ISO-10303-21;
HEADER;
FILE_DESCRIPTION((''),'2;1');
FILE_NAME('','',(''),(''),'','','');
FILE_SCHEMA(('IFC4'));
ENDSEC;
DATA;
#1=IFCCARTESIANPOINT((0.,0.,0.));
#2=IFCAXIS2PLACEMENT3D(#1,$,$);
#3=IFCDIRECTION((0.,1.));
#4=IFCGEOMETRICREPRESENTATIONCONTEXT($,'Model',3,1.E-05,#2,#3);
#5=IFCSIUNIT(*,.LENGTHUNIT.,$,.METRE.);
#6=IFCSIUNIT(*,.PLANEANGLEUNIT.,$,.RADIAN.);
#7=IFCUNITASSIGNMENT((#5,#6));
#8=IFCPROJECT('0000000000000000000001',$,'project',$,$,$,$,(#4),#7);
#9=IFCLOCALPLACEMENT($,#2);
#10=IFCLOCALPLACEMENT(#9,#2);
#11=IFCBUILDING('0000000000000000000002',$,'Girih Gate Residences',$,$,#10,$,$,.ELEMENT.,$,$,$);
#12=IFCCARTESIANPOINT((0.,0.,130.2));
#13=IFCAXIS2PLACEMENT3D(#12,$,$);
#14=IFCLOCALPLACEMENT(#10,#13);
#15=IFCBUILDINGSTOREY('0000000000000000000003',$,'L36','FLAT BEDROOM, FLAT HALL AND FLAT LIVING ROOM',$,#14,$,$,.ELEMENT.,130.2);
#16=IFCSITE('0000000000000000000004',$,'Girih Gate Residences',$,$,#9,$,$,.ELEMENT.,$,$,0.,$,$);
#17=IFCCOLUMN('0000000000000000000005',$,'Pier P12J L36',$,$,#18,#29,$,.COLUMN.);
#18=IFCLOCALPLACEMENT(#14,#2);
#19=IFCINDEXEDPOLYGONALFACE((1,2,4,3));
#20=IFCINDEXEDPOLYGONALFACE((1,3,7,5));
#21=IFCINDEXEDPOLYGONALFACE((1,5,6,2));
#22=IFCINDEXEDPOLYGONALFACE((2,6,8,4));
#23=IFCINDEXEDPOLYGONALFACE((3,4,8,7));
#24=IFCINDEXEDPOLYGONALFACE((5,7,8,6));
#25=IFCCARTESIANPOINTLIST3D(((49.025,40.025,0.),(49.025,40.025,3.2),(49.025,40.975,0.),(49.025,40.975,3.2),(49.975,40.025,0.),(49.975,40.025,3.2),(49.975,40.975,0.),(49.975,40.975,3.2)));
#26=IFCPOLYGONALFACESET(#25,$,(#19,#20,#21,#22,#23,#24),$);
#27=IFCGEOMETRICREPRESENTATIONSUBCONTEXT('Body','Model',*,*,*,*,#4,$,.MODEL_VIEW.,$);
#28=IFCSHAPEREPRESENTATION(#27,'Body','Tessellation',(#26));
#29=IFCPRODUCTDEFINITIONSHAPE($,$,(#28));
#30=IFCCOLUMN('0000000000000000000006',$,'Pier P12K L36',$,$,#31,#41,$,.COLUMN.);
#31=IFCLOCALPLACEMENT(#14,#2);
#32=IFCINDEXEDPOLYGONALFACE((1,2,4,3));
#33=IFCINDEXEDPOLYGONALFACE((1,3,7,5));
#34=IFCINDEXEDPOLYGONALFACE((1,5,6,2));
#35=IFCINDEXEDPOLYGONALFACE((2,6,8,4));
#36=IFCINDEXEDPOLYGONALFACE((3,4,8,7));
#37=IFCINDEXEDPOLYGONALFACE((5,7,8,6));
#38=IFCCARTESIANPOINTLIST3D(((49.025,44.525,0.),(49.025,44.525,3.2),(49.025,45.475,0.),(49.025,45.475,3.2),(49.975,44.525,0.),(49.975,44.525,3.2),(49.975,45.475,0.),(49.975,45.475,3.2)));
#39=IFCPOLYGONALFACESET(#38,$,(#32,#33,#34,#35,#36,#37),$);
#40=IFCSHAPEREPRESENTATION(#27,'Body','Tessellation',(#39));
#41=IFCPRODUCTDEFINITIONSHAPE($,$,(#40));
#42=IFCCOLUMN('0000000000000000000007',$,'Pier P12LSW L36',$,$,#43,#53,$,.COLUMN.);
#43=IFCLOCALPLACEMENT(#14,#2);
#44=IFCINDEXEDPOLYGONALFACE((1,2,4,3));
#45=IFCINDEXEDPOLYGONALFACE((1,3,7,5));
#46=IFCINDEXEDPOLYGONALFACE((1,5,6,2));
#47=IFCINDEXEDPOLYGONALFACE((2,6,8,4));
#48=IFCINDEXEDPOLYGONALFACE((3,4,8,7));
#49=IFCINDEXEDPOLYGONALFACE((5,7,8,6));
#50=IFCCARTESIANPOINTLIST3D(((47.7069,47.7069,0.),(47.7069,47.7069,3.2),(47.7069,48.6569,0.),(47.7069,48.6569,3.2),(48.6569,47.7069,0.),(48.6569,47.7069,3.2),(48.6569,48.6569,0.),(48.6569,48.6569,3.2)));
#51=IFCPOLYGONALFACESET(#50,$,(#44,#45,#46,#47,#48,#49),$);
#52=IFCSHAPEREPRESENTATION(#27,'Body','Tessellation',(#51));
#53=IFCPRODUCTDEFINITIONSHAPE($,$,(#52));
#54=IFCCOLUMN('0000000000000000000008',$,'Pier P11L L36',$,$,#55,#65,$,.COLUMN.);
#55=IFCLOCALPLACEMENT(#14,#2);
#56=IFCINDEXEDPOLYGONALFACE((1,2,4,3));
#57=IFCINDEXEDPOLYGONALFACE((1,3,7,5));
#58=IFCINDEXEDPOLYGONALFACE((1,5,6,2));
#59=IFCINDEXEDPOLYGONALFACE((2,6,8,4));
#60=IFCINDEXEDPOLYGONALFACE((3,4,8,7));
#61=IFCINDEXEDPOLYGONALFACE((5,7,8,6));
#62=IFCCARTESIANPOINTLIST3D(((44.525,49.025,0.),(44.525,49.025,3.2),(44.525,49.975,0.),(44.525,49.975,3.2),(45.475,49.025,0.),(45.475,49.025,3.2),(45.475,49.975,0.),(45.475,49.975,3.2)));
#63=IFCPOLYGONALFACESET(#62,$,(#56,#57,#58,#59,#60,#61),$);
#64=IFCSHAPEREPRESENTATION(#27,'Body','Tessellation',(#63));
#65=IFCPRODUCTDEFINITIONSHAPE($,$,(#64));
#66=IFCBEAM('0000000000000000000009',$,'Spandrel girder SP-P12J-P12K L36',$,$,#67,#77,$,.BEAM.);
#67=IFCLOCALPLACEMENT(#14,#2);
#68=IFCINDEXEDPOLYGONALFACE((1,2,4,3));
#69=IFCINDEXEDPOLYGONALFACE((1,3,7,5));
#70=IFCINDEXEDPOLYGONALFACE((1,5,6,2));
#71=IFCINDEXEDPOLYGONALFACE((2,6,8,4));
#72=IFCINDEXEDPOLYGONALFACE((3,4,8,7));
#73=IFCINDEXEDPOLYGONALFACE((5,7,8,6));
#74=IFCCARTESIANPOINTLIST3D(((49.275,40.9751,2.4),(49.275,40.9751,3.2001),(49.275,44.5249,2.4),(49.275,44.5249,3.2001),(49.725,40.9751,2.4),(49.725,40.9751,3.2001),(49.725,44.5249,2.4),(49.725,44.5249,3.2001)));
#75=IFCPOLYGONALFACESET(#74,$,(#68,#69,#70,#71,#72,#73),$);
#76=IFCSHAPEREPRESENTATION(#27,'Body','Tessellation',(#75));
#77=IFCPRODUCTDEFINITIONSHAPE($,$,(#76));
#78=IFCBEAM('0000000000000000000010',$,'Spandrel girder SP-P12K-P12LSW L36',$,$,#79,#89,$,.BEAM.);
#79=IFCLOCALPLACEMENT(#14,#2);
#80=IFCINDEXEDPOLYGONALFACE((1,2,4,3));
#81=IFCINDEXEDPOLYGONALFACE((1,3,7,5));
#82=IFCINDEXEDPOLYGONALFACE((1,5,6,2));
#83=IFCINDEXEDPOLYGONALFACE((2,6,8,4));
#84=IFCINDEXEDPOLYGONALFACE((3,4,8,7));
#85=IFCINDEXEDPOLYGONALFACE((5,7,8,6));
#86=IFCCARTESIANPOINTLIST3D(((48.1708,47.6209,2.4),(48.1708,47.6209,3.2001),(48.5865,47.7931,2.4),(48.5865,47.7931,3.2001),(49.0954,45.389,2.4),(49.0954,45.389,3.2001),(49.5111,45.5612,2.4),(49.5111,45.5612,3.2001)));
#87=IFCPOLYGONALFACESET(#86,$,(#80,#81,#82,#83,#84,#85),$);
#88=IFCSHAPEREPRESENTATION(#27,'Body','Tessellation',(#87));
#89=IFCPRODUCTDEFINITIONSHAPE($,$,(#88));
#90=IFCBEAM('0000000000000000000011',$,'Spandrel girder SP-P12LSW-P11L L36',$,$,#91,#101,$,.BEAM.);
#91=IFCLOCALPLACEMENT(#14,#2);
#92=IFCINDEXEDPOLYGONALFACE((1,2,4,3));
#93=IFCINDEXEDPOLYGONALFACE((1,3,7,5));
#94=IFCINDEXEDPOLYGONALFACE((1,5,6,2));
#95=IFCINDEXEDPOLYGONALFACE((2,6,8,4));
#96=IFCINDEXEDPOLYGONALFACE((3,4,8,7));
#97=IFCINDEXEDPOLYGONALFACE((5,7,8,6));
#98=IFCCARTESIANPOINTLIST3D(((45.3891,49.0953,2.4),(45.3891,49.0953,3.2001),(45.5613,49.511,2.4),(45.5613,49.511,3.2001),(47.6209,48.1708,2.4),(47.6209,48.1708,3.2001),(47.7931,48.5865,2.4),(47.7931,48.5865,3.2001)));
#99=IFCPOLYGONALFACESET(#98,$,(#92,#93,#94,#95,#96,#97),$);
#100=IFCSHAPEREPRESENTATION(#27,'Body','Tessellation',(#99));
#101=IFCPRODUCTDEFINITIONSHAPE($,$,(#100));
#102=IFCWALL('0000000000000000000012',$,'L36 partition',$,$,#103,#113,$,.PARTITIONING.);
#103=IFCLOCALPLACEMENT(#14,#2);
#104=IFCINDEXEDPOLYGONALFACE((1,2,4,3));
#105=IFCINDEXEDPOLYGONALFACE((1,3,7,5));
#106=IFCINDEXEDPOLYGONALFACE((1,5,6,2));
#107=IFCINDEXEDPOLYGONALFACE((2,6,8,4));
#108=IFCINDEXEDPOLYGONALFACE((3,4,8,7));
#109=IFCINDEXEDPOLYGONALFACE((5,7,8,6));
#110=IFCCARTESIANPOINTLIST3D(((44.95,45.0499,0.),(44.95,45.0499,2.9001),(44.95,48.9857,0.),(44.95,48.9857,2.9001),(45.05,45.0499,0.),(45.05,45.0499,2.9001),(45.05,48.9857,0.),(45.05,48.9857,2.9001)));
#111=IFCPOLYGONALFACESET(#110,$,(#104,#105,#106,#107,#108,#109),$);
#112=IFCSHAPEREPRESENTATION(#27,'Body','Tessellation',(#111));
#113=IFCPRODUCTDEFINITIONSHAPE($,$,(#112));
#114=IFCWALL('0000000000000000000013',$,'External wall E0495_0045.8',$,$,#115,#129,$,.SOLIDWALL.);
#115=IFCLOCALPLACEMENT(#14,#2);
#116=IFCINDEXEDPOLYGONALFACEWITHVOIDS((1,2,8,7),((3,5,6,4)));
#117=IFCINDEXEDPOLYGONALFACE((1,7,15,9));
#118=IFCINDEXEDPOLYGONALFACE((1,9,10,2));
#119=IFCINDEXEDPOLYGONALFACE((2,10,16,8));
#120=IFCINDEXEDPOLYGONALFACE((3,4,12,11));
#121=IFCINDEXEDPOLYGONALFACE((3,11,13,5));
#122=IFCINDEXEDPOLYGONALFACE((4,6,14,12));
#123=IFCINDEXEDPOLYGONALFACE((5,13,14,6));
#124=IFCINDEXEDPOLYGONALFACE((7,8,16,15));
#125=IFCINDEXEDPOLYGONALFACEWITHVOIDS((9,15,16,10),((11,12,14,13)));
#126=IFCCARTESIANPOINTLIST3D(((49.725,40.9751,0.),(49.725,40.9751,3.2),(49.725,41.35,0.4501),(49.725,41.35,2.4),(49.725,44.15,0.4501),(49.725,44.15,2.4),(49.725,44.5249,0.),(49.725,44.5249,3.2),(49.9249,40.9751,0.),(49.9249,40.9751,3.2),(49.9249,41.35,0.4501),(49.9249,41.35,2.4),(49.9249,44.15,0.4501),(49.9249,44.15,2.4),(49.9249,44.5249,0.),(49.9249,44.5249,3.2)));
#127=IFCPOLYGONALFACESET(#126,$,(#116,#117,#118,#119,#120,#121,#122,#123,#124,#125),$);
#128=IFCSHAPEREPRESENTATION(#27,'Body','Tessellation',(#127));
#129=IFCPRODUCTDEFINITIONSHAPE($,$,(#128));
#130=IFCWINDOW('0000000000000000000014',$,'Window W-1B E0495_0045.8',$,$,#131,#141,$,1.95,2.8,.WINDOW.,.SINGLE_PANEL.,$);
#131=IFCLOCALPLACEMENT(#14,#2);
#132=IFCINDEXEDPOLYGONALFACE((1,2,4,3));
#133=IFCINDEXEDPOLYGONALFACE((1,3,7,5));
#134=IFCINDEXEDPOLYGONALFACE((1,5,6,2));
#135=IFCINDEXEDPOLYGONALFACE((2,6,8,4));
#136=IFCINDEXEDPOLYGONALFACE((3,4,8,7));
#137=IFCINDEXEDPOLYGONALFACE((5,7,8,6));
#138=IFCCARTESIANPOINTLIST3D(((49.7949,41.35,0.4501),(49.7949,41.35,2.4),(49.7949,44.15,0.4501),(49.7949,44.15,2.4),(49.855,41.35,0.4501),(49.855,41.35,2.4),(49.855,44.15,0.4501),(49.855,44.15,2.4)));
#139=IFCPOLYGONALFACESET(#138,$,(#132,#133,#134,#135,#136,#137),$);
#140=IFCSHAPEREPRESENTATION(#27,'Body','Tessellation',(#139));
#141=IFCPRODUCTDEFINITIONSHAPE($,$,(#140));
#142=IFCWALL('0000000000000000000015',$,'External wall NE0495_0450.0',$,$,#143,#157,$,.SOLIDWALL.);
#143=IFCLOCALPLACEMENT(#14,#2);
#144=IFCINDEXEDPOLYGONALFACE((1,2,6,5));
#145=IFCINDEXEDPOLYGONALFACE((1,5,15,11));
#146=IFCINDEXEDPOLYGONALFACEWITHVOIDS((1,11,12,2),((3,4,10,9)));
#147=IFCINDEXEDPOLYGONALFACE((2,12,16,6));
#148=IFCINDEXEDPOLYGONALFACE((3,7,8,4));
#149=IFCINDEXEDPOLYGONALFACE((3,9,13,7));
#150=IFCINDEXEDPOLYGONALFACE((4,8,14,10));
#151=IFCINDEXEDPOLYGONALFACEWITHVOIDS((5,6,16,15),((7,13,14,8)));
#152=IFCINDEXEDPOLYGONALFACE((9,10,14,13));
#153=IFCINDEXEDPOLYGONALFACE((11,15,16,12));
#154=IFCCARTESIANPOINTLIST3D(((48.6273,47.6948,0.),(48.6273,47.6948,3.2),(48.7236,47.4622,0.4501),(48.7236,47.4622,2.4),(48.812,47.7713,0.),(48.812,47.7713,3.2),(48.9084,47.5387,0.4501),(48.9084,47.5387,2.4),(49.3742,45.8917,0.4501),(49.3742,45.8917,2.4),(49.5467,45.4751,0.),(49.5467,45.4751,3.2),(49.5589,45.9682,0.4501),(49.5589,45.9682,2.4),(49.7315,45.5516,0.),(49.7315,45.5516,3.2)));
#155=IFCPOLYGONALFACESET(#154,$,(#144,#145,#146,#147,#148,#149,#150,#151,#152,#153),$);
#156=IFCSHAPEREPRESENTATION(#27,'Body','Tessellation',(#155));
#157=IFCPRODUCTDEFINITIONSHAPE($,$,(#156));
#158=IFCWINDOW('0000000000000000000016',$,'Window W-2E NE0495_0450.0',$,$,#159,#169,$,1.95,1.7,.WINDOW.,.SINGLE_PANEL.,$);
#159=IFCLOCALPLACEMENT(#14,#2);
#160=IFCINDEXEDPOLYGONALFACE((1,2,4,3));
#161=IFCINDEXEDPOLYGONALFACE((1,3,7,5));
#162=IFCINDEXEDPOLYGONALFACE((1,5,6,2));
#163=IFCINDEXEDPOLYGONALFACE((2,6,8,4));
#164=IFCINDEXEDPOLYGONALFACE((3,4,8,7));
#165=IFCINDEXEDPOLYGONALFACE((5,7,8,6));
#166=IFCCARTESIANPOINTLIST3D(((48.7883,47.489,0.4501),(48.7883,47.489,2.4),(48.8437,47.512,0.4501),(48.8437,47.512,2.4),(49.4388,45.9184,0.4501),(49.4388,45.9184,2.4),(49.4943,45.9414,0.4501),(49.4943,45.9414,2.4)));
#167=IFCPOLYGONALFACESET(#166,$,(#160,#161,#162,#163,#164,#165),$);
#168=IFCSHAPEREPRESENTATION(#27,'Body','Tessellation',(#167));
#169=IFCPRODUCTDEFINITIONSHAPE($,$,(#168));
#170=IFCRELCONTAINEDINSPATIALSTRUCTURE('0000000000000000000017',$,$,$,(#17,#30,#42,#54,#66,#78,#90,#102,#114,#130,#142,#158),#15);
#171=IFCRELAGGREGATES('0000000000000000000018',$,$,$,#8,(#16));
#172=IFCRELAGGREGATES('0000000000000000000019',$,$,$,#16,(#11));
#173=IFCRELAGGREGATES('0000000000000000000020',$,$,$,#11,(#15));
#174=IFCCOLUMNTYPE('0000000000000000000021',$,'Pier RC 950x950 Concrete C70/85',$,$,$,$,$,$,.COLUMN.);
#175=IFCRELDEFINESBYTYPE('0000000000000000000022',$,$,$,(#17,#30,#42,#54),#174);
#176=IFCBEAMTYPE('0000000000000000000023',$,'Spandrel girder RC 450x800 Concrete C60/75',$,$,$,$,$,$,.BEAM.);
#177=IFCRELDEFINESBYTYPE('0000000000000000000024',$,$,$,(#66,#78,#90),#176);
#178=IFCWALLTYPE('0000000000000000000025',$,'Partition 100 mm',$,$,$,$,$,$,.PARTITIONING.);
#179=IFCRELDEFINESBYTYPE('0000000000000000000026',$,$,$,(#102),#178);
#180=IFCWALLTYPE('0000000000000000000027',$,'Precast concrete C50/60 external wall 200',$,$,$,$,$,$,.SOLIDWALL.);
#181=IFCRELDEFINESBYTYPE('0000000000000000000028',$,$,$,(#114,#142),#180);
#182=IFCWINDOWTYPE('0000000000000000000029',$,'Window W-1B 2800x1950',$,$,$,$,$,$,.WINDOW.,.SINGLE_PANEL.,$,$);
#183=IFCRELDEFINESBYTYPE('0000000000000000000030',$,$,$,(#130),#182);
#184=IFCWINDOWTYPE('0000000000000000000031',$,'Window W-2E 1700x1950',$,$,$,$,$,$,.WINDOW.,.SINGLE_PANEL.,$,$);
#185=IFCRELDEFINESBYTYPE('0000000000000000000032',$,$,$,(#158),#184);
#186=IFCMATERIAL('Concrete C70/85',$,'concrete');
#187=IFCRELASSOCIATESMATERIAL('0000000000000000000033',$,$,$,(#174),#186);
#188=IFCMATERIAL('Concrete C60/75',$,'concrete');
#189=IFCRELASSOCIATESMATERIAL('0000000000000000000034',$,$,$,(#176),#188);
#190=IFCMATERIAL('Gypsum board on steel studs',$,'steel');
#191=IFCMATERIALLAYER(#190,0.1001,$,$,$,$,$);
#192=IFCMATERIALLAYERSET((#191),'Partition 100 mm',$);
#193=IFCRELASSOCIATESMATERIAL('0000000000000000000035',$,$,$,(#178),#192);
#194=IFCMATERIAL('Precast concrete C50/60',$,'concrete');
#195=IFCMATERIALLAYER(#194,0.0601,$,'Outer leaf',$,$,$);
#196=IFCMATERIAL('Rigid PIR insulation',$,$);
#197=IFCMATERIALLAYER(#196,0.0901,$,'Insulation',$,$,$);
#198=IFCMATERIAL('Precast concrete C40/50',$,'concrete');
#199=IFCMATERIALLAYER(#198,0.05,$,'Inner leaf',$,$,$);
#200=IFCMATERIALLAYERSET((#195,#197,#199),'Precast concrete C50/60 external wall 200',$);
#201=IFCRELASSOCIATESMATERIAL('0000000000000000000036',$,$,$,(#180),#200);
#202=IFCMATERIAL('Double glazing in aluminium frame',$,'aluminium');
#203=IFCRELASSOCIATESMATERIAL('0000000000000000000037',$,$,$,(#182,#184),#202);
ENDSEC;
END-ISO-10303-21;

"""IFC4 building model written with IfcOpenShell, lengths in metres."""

from ifc_helpers import new_model, si_unit, direction, frame, frame_2d, origin, origin_2d, place, context, subcontext, project, spatial, rectangle, extrude, material, layer, layer_set, material_profile, profile_set, type_object, element, fill, save


model = new_model("IFC4")

# Units and contexts
model_context = context("Model", 3, precision=1e-05, world=origin(), true_north=direction((0.0, 1.0)))
body_context = subcontext(model_context, "Body", "Model", "MODEL_VIEW")
ifc_project = project(units=[si_unit("LENGTHUNIT", "METRE"), si_unit("PLANEANGLEUNIT", "RADIAN")], contexts=[model_context])

# Site, building, storey
site_placement = place(None, origin())
site = spatial("IfcSite", under=ifc_project, at=site_placement, Name="Girih Gate Residences", CompositionType="ELEMENT", RefElevation=0.0)
building_placement = place(site_placement, origin())
building = spatial("IfcBuilding", under=site, at=building_placement, Name="Girih Gate Residences", CompositionType="ELEMENT")
storey_placement = place(building_placement, frame((0.0, 0.0, 130.2)))
storey = spatial("IfcBuildingStorey", under=building, at=storey_placement, Name="L36", Description="FLAT BEDROOM, FLAT HALL AND FLAT LIVING ROOM", CompositionType="ELEMENT", Elevation=130.2)

# Columns
ifc_material_1 = material(Name="Concrete C70/85", Category="concrete")
ifc_material_profile_1 = material_profile(ifc_material_1, rectangle(XDim=0.95, YDim=0.95, at=origin_2d()))
ifc_profile_set_1 = profile_set([ifc_material_profile_1], Name="Concrete C70/85")
column_type = type_object("IfcColumnType", Name="Pier RC 950x950 Concrete C70/85", PredefinedType="COLUMN", material=ifc_profile_set_1)
for number, where, z_axis, x_axis, name in (
    (1, (49.5, 40.5, 0.0), (0.0, 0.0, 1.0), (1.0, 0.0, 0.0), "Pier P12J L36"),
    (2, (49.5, 45.0, 0.0), (0.0, 0.0, 1.0), (1.0, 0.0, 0.0), "Pier P12K L36"),
    (3, (48.1819, 48.1819, 0.0), (0.0, 0.0, 1.0), (1.0, 0.0, 0.0), "Pier P12LSW L36"),
    (4, (45.0, 49.5, 0.0), (0.0, 0.0, 1.0), (1.0, 0.0, 0.0), "Pier P11L L36"),
):
    element("IfcColumn", number, at=place(storey_placement, frame(where, z_axis=z_axis, x_axis=x_axis)), inside=storey, type_object=column_type, Name=name, PredefinedType="COLUMN", context=body_context, shape_type="SweptSolid", body=[
        extrude(rectangle(XDim=0.95, YDim=0.95, at=origin_2d()), origin(), (0.0, 0.0, 1.0), 3.2),
    ])

# Beams
ifc_material_2 = material(Name="Concrete C60/75", Category="concrete")
ifc_material_profile_2 = material_profile(ifc_material_2, rectangle(XDim=0.45, YDim=0.8, at=origin_2d()))
ifc_profile_set_2 = profile_set([ifc_material_profile_2], Name="Concrete C60/75")
beam_type = type_object("IfcBeamType", Name="Spandrel girder RC 450x800 Concrete C60/75", PredefinedType="BEAM", material=ifc_profile_set_2)
beam_placement = place(storey_placement, frame((49.5, 40.9751, 2.8), z_axis=(0.0, 1.0, 0.0), x_axis=(-1.0, 0.0, 0.0)))
element("IfcBeam", 5, at=beam_placement, inside=storey, type_object=beam_type, Name="Spandrel girder SP-P12J-P12K L36", PredefinedType="BEAM", context=body_context, shape_type="SweptSolid", body=[
    extrude(rectangle(XDim=0.45, YDim=0.8, at=origin_2d()), origin(), (0.0, 0.0, 1.0), 3.5498),
])
for number, where, z_axis, x_axis, name in (
    (6, (49.3032, 45.4751, 2.8), (-0.382706, 0.92387, 0.0), (-0.92387, -0.382706, 0.0), "Spandrel girder SP-P12K-P12LSW L36"),
    (7, (47.707, 48.3787, 2.8), (-0.92387, 0.382706, 0.0), (-0.382706, -0.92387, 0.0), "Spandrel girder SP-P12LSW-P11L L36"),
):
    element("IfcBeam", number, at=place(storey_placement, frame(where, z_axis=z_axis, x_axis=x_axis)), inside=storey, type_object=beam_type, Name=name, PredefinedType="BEAM", context=body_context, shape_type="SweptSolid", body=[
        extrude(rectangle(XDim=0.45, YDim=0.8, at=origin_2d()), origin(), (0.0, 0.0, 1.0), 2.4158),
    ])

# Wall
ifc_material_3 = material(Name="Gypsum board on steel studs", Category="steel")
ifc_layer_1 = layer(ifc_material_3, 0.1001)
ifc_layer_set_1 = layer_set([ifc_layer_1], Name="Partition 100 mm")
wall_type_1 = type_object("IfcWallType", Name="Partition 100 mm", PredefinedType="PARTITIONING", material=ifc_layer_set_1)
wall_1_placement = place(storey_placement, frame((45.0, 45.05, 0.0), z_axis=(0.0, 0.0, 1.0), x_axis=(0.0, 1.0, 0.0)))
element("IfcWall", 8, at=wall_1_placement, inside=storey, type_object=wall_type_1, Name="L36 partition", PredefinedType="PARTITIONING", context=body_context, shape_type="SweptSolid", body=[
    extrude(rectangle(XDim=3.9358, YDim=0.1001, at=frame_2d((1.9678, 0.0))), origin(), (0.0, 0.0, 1.0), 2.9001),
])

# Walls, openings, windows
ifc_material_4 = material(Name="Precast concrete C50/60", Category="concrete")
ifc_layer_2 = layer(ifc_material_4, 0.0601, Name="Outer leaf")
ifc_material_5 = material(Name="Rigid PIR insulation")
ifc_layer_3 = layer(ifc_material_5, 0.0901, Name="Insulation")
ifc_material_6 = material(Name="Precast concrete C40/50", Category="concrete")
ifc_layer_4 = layer(ifc_material_6, 0.05, Name="Inner leaf")
ifc_layer_set_2 = layer_set([ifc_layer_2, ifc_layer_3, ifc_layer_4], Name="Precast concrete C50/60 external wall 200")
wall_type_2 = type_object("IfcWallType", Name="Precast concrete C50/60 external wall 200", PredefinedType="SOLIDWALL", material=ifc_layer_set_2)
wall_2_placement = place(storey_placement, frame((49.825, 44.5249, 0.0), z_axis=(0.0, 0.0, 1.0), x_axis=(0.0, -1.0, 0.0)))
wall_2 = element("IfcWall", 9, at=wall_2_placement, inside=storey, type_object=wall_type_2, Name="External wall E0495_0045.8", PredefinedType="SOLIDWALL", context=body_context, shape_type="SweptSolid", body=[
    extrude(rectangle(XDim=3.5498, YDim=0.2, at=frame_2d((1.7749, 0.0))), origin(), (0.0, 0.0, 1.0), 3.2),
])
opening_1_placement = place(wall_2_placement, frame((0.375, 0.0, 0.45)))
opening_1 = element("IfcOpeningElement", 10, at=opening_1_placement, cuts=wall_2, PredefinedType="OPENING", context=body_context, shape_type="SweptSolid", body=[
    extrude(rectangle(XDim=2.8, YDim=1.95, at=frame_2d((1.3999, 0.9751))), frame((0.0, 0.1099, 0.0), z_axis=(0.0, -1.0, 0.0), x_axis=(1.0, 0.0, 0.0)), (0.0, 0.0, 1.0), 0.22),
])
ifc_material_7 = material(Name="Double glazing in aluminium frame", Category="aluminium")
window_type_1 = type_object("IfcWindowType", Name="Window W-1B 2800x1950", PartitioningType="SINGLE_PANEL", PredefinedType="WINDOW", material=ifc_material_7)
window_1_placement = place(opening_1_placement, origin())
window_1 = element("IfcWindow", 11, at=window_1_placement, inside=storey, type_object=window_type_1, Name="Window W-1B E0495_0045.8", OverallHeight=1.95, OverallWidth=2.8, PartitioningType="SINGLE_PANEL", PredefinedType="WINDOW", context=body_context, shape_type="SweptSolid", body=[
    extrude(rectangle(XDim=2.8, YDim=1.95, at=frame_2d((1.3999, 0.9751))), frame((0.0, 0.03, 0.0), z_axis=(0.0, -1.0, 0.0), x_axis=(1.0, 0.0, 0.0)), (0.0, 0.0, 1.0), 0.0601),
])
fill(opening_1, window_1)
wall_3_placement = place(storey_placement, frame((48.7197, 47.7329, 0.0), z_axis=(0.0, 0.0, 1.0), x_axis=(0.382681, -0.923881, 0.0)))
wall_3 = element("IfcWall", 12, at=wall_3_placement, inside=storey, type_object=wall_type_2, Name="External wall NE0495_0450.0", PredefinedType="SOLIDWALL", context=body_context, shape_type="SweptSolid", body=[
    extrude(rectangle(XDim=2.4026, YDim=0.2, at=frame_2d((1.2012, 0.0))), origin(), (0.0, 0.0, 1.0), 3.2),
])
opening_2_placement = place(wall_3_placement, frame((0.2515, 0.0, 0.45)))
opening_2 = element("IfcOpeningElement", 13, at=opening_2_placement, cuts=wall_3, PredefinedType="OPENING", context=body_context, shape_type="SweptSolid", body=[
    extrude(rectangle(XDim=1.7, YDim=1.95, at=frame_2d((0.8501, 0.9751))), frame((0.0, 0.1099, 0.0), z_axis=(0.0, -1.0, 0.0), x_axis=(1.0, 0.0, 0.0)), (0.0, 0.0, 1.0), 0.22),
])
window_type_2 = type_object("IfcWindowType", Name="Window W-2E 1700x1950", PartitioningType="SINGLE_PANEL", PredefinedType="WINDOW", material=ifc_material_7)
window_2_placement = place(opening_2_placement, origin())
window_2 = element("IfcWindow", 14, at=window_2_placement, inside=storey, type_object=window_type_2, Name="Window W-2E NE0495_0450.0", OverallHeight=1.95, OverallWidth=1.7, PartitioningType="SINGLE_PANEL", PredefinedType="WINDOW", context=body_context, shape_type="SweptSolid", body=[
    extrude(rectangle(XDim=1.7, YDim=1.95, at=frame_2d((0.8501, 0.9751))), frame((0.0, 0.03, 0.0), z_axis=(0.0, -1.0, 0.0), x_axis=(1.0, 0.0, 0.0)), (0.0, 0.0, 1.0), 0.0601),
])
fill(opening_2, window_2)

save(model, "model.ifc")
